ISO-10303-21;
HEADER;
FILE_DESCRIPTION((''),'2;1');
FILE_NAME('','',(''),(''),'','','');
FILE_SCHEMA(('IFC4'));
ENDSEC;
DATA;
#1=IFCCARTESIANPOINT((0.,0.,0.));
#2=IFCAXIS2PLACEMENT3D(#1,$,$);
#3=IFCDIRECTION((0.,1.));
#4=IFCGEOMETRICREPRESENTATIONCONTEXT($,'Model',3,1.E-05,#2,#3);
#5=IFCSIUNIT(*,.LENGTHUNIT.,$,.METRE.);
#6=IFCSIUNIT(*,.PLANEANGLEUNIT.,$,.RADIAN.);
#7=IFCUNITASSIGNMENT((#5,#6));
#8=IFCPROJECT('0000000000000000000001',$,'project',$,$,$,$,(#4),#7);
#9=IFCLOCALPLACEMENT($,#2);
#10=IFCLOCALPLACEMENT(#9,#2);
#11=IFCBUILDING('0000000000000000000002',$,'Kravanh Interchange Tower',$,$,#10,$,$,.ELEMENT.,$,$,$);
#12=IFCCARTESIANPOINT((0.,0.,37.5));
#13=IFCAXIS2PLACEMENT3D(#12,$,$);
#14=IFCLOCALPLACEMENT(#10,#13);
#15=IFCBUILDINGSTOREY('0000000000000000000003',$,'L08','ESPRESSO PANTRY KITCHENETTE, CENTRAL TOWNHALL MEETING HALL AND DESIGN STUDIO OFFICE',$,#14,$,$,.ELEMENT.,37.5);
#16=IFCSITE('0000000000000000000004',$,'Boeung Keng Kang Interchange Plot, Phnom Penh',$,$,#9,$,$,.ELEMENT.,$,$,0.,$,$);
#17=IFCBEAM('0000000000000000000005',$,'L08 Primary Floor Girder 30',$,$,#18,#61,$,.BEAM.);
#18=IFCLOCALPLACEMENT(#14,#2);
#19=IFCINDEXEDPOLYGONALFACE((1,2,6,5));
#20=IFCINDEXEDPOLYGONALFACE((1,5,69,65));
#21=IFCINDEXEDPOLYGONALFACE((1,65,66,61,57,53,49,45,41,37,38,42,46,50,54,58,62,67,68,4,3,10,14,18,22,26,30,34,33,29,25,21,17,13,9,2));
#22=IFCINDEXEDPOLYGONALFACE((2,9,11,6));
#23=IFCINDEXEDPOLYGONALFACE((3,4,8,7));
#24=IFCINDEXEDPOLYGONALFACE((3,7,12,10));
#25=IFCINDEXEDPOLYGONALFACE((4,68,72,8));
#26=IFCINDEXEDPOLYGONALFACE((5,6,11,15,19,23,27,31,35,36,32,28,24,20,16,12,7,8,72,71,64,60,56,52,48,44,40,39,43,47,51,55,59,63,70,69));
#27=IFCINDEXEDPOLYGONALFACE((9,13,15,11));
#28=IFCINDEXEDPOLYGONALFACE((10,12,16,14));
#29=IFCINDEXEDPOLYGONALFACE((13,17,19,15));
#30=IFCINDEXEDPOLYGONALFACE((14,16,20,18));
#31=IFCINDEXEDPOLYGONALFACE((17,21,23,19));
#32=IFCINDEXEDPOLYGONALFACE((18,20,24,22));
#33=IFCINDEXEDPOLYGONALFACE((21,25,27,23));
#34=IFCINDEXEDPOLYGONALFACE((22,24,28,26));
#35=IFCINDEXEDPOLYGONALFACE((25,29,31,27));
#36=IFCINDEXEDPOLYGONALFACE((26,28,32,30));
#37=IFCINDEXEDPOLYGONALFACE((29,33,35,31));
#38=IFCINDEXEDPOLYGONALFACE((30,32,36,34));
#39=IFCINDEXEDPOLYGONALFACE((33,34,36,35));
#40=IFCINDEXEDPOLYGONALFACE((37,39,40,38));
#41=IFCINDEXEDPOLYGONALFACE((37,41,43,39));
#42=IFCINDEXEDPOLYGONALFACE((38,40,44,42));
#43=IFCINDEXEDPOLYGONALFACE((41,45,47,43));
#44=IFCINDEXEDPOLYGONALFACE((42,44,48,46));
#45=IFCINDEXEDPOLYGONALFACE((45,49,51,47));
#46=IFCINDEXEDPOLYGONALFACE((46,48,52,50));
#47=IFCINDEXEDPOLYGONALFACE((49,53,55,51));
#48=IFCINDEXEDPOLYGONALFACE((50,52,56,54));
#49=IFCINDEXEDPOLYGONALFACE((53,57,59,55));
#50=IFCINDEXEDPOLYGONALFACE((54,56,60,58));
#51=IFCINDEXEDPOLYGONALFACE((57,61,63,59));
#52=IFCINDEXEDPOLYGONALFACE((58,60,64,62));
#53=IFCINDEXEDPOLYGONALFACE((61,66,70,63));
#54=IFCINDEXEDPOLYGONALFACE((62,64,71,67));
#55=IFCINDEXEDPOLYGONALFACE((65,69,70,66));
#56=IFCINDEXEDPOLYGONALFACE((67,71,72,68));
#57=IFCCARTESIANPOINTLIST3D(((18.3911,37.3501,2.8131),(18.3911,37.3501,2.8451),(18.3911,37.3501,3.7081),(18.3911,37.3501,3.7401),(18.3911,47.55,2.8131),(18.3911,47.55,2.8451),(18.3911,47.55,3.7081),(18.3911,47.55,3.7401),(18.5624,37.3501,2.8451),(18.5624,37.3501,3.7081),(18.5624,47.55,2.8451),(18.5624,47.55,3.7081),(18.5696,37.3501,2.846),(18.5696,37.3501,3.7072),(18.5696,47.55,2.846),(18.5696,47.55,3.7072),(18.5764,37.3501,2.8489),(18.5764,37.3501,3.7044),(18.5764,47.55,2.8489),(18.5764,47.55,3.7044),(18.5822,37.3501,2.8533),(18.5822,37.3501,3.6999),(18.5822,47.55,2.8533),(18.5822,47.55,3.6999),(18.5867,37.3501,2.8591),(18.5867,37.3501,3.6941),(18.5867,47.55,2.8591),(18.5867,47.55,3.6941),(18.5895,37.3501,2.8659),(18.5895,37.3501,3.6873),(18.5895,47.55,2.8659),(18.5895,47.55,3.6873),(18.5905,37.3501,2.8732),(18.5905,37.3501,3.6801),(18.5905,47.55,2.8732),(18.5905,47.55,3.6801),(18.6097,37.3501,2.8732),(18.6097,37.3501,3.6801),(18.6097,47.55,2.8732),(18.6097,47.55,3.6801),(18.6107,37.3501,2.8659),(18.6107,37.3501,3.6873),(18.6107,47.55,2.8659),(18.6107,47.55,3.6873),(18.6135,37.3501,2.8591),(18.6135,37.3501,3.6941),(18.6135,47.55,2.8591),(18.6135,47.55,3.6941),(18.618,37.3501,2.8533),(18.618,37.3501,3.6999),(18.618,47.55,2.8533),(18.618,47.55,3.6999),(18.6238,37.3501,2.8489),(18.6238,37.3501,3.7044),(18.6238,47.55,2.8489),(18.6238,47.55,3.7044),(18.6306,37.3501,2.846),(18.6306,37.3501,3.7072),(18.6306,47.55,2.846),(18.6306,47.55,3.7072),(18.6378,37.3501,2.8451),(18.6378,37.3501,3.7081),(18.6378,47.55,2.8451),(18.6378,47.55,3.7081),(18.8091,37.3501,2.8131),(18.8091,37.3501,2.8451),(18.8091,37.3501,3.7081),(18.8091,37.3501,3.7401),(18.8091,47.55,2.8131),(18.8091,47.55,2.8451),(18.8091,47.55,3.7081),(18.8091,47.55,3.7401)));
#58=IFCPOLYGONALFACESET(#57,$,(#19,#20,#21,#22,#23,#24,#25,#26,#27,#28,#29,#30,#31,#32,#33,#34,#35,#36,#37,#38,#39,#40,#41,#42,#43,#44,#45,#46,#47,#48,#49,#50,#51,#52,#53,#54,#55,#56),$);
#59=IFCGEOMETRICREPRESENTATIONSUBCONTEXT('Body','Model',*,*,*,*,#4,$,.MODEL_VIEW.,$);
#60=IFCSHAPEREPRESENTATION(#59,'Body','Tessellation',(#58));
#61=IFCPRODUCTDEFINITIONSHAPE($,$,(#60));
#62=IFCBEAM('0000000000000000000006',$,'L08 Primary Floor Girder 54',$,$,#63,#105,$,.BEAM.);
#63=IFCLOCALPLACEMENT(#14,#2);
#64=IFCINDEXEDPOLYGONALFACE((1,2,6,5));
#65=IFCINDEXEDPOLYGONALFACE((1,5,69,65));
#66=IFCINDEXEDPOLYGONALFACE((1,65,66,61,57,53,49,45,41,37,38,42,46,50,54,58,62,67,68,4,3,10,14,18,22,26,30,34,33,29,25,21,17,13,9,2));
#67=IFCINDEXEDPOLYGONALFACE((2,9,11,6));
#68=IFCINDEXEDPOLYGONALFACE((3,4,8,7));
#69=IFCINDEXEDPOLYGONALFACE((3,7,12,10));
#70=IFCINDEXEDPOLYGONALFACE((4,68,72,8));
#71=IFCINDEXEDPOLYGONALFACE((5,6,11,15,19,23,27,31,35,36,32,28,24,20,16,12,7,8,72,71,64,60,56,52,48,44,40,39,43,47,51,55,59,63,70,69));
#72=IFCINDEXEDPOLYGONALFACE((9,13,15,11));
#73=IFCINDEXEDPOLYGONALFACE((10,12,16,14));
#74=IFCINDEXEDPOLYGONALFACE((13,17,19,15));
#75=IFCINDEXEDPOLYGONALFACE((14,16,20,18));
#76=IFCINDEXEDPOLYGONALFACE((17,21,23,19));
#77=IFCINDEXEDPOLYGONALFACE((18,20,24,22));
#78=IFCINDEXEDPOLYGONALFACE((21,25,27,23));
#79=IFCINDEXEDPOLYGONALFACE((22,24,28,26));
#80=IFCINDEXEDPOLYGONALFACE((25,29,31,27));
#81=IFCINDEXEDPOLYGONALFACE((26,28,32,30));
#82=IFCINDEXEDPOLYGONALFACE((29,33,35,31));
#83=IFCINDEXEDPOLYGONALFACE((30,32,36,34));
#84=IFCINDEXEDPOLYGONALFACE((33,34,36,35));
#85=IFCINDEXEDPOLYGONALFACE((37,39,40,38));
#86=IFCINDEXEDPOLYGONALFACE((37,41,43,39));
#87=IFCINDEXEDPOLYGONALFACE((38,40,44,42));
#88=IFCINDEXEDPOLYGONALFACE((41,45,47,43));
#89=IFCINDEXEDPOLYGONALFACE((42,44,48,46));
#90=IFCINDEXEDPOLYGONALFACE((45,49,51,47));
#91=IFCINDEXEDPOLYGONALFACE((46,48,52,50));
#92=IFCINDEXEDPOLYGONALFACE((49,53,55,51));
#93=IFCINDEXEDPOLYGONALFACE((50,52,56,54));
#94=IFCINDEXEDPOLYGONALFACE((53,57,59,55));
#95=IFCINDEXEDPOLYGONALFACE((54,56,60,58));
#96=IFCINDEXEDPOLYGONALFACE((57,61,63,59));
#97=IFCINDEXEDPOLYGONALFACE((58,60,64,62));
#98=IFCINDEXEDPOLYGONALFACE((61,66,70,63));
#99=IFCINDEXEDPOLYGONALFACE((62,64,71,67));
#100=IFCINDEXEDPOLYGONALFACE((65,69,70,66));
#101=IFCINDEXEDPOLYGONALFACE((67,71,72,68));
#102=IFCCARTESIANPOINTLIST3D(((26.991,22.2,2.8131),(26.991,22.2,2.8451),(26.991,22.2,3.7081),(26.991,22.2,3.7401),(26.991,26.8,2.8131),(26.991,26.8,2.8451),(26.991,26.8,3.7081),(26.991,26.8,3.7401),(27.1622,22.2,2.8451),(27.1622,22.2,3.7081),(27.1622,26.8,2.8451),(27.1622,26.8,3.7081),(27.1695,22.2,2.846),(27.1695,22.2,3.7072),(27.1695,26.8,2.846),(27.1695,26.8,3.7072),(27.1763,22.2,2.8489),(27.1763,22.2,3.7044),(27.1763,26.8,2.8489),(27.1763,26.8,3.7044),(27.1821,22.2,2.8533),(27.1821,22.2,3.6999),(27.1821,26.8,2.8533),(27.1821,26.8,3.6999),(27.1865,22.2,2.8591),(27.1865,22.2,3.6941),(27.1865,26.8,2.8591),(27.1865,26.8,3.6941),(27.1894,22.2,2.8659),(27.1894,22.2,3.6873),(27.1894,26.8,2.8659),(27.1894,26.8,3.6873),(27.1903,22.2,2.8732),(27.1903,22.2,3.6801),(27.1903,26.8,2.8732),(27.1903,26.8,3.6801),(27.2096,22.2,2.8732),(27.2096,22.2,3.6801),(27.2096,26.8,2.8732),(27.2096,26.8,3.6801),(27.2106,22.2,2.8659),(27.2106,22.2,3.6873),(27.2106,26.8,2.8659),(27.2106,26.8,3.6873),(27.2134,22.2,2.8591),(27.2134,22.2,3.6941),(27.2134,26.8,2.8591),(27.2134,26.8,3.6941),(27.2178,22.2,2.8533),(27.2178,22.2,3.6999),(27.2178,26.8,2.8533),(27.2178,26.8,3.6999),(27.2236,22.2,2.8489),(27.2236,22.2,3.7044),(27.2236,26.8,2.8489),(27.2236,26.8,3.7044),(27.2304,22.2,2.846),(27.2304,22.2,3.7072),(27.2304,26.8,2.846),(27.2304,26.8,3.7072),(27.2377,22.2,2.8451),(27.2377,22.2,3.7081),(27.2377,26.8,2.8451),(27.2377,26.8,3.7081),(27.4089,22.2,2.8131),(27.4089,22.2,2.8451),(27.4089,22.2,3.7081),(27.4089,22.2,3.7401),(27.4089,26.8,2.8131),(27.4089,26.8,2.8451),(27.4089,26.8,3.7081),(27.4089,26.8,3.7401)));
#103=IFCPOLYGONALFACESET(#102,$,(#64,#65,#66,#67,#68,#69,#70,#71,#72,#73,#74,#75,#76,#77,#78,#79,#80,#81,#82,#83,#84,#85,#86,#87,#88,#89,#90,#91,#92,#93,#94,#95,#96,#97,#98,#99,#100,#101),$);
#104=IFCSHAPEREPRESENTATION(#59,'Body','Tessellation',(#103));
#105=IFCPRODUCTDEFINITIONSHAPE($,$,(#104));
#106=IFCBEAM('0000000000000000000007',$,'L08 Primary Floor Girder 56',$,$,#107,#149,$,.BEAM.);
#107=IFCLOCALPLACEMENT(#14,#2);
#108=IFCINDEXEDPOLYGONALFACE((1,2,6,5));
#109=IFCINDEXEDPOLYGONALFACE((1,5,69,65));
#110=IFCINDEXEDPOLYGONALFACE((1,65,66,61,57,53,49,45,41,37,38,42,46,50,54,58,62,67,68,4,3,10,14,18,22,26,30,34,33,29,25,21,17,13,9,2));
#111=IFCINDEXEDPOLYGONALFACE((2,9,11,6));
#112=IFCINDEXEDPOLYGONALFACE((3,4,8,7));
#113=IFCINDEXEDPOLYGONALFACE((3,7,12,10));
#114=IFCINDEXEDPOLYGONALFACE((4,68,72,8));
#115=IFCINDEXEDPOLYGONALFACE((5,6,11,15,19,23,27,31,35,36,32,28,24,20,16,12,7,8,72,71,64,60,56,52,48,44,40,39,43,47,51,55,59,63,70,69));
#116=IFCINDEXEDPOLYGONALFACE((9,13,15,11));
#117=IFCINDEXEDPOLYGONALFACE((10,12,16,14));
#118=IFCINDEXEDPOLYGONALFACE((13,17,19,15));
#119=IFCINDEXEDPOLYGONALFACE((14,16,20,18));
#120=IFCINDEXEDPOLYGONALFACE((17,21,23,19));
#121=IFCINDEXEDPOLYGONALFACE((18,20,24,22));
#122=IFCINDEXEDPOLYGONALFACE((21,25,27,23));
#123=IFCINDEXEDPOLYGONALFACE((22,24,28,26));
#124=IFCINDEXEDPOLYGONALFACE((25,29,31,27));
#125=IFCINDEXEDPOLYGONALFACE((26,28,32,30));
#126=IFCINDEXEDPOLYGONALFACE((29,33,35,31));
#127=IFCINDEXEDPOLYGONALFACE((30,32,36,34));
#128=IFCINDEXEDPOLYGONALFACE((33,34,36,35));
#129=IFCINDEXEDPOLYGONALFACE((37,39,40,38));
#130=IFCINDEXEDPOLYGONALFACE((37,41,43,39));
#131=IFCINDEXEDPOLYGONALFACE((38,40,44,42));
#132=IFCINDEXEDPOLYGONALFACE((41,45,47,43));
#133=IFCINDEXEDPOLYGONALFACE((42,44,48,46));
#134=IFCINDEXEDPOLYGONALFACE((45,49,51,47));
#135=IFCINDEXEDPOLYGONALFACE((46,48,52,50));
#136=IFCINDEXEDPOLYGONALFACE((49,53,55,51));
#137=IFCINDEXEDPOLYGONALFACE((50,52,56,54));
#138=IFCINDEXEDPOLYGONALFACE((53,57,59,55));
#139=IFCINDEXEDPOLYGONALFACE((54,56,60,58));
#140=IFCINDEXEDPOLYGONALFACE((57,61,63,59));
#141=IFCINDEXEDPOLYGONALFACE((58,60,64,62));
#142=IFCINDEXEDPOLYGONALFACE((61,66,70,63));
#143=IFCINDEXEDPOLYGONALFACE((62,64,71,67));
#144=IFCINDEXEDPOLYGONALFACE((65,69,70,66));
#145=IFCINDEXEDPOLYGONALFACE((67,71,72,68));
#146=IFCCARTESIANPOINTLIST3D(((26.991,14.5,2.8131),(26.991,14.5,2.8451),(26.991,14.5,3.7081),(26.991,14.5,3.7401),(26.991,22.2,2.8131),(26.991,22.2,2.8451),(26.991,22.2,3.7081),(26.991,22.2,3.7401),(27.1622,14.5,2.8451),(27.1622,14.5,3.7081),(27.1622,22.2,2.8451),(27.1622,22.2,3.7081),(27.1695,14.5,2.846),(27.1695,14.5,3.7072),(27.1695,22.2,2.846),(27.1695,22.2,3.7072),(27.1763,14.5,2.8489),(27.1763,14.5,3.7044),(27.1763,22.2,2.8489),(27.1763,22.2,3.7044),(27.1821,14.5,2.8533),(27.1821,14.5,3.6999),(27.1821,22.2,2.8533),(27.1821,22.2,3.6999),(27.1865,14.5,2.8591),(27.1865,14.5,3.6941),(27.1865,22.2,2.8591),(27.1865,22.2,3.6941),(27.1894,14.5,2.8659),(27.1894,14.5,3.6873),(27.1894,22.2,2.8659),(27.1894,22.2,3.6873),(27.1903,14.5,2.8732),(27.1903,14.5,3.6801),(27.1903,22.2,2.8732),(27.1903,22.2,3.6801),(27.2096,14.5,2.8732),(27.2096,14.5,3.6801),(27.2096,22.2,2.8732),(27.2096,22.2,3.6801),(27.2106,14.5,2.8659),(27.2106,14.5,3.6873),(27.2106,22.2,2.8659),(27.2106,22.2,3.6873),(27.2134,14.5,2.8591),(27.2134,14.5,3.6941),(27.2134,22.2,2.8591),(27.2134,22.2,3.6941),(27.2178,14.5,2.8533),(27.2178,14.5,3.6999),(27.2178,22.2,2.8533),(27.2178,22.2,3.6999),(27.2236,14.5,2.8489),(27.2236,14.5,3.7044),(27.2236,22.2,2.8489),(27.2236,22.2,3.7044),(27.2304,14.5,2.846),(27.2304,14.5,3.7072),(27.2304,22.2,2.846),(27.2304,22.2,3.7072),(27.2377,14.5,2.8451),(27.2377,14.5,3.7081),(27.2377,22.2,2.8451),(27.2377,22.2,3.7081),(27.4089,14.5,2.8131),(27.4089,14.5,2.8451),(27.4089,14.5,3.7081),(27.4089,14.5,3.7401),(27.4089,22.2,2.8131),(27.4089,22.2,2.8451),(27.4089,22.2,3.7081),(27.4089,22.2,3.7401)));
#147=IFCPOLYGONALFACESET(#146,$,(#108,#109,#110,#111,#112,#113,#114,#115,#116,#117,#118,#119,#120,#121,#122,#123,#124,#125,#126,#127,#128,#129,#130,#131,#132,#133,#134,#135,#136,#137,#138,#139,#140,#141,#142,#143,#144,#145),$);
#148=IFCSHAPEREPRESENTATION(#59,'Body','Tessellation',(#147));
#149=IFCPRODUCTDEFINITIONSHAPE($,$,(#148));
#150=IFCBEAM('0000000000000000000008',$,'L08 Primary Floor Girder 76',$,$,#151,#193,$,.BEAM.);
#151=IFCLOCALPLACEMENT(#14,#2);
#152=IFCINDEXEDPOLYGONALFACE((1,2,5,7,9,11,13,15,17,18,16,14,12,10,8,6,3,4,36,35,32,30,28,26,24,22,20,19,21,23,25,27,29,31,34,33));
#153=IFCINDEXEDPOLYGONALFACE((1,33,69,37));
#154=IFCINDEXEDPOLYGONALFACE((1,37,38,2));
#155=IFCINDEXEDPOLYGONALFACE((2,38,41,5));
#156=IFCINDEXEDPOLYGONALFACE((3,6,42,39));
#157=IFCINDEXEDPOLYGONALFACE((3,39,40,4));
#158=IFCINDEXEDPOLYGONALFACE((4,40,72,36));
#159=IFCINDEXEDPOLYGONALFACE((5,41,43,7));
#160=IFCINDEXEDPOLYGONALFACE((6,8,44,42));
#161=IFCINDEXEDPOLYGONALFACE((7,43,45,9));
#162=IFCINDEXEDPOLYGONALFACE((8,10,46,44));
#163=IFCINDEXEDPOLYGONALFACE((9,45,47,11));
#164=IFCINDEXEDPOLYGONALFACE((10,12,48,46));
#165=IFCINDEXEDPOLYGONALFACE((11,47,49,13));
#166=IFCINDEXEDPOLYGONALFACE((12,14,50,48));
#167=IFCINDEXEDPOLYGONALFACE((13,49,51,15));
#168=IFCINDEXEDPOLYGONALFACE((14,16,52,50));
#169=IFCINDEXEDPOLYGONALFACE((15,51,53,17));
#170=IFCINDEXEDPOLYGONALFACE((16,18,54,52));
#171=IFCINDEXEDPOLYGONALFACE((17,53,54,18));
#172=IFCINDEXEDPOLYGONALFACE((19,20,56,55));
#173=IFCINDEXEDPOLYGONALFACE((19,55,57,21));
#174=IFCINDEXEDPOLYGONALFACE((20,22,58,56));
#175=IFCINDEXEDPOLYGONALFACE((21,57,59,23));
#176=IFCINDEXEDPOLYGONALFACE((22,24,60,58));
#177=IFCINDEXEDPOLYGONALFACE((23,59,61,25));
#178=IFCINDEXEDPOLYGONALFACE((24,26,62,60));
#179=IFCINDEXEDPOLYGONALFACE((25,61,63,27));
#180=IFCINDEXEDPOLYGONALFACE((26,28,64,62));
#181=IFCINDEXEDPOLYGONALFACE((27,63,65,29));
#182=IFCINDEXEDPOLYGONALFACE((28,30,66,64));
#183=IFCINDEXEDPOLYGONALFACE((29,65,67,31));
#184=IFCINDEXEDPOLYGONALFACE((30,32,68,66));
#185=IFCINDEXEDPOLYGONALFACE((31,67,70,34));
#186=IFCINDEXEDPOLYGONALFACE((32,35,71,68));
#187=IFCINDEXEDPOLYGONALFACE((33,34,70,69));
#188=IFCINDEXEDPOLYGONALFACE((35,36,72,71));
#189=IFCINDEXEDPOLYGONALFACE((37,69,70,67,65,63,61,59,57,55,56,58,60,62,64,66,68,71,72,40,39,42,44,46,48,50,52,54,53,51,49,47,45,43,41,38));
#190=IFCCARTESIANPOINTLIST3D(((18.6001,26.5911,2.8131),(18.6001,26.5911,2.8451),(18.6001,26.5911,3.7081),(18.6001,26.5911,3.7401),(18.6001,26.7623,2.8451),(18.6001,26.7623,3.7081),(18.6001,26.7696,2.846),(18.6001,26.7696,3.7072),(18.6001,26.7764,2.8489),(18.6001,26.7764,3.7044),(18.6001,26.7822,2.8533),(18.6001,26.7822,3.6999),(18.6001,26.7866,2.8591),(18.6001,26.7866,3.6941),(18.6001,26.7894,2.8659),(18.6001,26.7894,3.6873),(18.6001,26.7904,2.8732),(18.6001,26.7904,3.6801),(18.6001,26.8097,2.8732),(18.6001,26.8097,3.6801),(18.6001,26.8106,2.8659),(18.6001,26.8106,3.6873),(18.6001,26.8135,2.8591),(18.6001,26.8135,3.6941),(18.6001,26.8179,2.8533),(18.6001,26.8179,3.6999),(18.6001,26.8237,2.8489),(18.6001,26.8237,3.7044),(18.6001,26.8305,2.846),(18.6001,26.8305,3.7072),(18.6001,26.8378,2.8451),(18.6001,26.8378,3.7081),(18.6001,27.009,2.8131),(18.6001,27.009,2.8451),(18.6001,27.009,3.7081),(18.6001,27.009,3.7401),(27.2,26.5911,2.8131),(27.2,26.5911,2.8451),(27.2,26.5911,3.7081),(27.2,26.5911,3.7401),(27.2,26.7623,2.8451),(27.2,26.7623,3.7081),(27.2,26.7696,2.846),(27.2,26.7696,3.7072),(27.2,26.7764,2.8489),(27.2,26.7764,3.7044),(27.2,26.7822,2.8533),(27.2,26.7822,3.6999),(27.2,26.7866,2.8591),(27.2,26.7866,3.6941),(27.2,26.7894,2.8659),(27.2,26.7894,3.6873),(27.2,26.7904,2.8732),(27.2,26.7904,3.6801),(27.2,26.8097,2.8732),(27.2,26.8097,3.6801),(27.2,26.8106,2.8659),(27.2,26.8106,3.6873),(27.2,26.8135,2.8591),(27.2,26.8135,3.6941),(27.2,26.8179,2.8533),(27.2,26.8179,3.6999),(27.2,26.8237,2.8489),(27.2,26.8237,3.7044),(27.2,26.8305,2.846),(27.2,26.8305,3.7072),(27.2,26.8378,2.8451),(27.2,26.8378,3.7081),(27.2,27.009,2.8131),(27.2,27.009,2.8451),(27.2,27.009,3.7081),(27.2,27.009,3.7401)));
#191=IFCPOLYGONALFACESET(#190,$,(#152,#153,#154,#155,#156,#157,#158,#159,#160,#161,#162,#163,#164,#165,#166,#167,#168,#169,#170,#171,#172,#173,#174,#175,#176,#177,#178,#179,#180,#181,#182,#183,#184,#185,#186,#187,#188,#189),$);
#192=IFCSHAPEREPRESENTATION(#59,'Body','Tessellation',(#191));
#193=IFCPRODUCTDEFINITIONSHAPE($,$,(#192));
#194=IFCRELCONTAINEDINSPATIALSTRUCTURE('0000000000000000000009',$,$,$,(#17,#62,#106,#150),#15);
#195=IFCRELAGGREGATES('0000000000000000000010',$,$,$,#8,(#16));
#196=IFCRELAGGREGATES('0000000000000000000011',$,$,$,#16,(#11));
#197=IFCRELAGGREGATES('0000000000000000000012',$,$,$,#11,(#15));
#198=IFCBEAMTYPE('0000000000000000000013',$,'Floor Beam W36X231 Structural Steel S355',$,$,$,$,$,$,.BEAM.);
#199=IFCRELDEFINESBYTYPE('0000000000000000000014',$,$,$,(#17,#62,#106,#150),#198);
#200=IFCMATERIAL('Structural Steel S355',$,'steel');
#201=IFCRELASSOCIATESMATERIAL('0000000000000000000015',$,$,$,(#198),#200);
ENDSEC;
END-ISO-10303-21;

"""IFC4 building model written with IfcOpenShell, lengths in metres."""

from ifc_helpers import new_model, si_unit, direction, frame, origin, origin_2d, place, context, subcontext, project, spatial, i_section, extrude, material, material_profile, profile_set, type_object, element, save


model = new_model("IFC4")

# Units and contexts
model_context = context("Model", 3, precision=1e-05, world=origin(), true_north=direction((0.0, 1.0)))
body_context = subcontext(model_context, "Body", "Model", "MODEL_VIEW")
ifc_project = project(units=[si_unit("LENGTHUNIT", "METRE"), si_unit("PLANEANGLEUNIT", "RADIAN")], contexts=[model_context])

# Site, building, storey
site_placement = place(None, origin())
site = spatial("IfcSite", under=ifc_project, at=site_placement, Name="Boeung Keng Kang Interchange Plot, Phnom Penh", CompositionType="ELEMENT", RefElevation=0.0)
building_placement = place(site_placement, origin())
building = spatial("IfcBuilding", under=site, at=building_placement, Name="Kravanh Interchange Tower", CompositionType="ELEMENT")
storey_placement = place(building_placement, frame((0.0, 0.0, 37.5)))
storey = spatial("IfcBuildingStorey", under=building, at=storey_placement, Name="L08", Description="ESPRESSO PANTRY KITCHENETTE, CENTRAL TOWNHALL MEETING HALL AND DESIGN STUDIO OFFICE", CompositionType="ELEMENT", Elevation=37.5)

# Beams
ifc_material_1 = material(Name="Structural Steel S355", Category="steel")
ifc_material_profile_1 = material_profile(ifc_material_1, i_section(OverallWidth=0.418, OverallDepth=0.927, WebThickness=0.0193, FlangeThickness=0.032, FilletRadius=0.0281, at=origin_2d()), Name="W36X231")
ifc_profile_set_1 = profile_set([ifc_material_profile_1], Name="Structural Steel S355")
beam_type_1 = type_object("IfcBeamType", Name="Floor Beam W36X231 Structural Steel S355", PredefinedType="BEAM", material=ifc_profile_set_1)
beam_1_placement = place(storey_placement, frame((18.6001, 37.3501, 3.2766), z_axis=(0.0, 1.0, 0.0), x_axis=(-1.0, 0.0, 0.0)))
element("IfcBeam", 1, at=beam_1_placement, inside=storey, type_object=beam_type_1, Name="L08 Primary Floor Girder 30", PredefinedType="BEAM", context=body_context, shape_type="SweptSolid", body=[
    extrude(i_section(OverallWidth=0.418, OverallDepth=0.927, WebThickness=0.0193, FlangeThickness=0.032, FilletRadius=0.0281, at=origin_2d()), origin(), (0.0, 0.0, 1.0), 10.2),
])
beam_2_placement = place(storey_placement, frame((27.2, 22.2, 3.2766), z_axis=(0.0, 1.0, 0.0), x_axis=(-1.0, 0.0, 0.0)))
element("IfcBeam", 2, at=beam_2_placement, inside=storey, type_object=beam_type_1, Name="L08 Primary Floor Girder 54", PredefinedType="BEAM", context=body_context, shape_type="SweptSolid", body=[
    extrude(i_section(OverallWidth=0.418, OverallDepth=0.927, WebThickness=0.0193, FlangeThickness=0.032, FilletRadius=0.0281, at=origin_2d()), origin(), (0.0, 0.0, 1.0), 4.6001),
])
beam_3_placement = place(storey_placement, frame((27.2, 22.2, 3.2766), z_axis=(0.0, -1.0, 0.0), x_axis=(1.0, 0.0, 0.0)))
element("IfcBeam", 3, at=beam_3_placement, inside=storey, type_object=beam_type_1, Name="L08 Primary Floor Girder 56", PredefinedType="BEAM", context=body_context, shape_type="SweptSolid", body=[
    extrude(i_section(OverallWidth=0.418, OverallDepth=0.927, WebThickness=0.0193, FlangeThickness=0.032, FilletRadius=0.0281, at=origin_2d()), origin(), (0.0, 0.0, 1.0), 7.7),
])
beam_4_placement = place(storey_placement, frame((18.6001, 26.8, 3.2766), z_axis=(1.0, 0.0, 0.0), x_axis=(0.0, 1.0, 0.0)))
element("IfcBeam", 4, at=beam_4_placement, inside=storey, type_object=beam_type_1, Name="L08 Primary Floor Girder 76", PredefinedType="BEAM", context=body_context, shape_type="SweptSolid", body=[
    extrude(i_section(OverallWidth=0.418, OverallDepth=0.927, WebThickness=0.0193, FlangeThickness=0.032, FilletRadius=0.0281, at=origin_2d()), origin(), (0.0, 0.0, 1.0), 8.5999),
])

save(model, "model.ifc")
